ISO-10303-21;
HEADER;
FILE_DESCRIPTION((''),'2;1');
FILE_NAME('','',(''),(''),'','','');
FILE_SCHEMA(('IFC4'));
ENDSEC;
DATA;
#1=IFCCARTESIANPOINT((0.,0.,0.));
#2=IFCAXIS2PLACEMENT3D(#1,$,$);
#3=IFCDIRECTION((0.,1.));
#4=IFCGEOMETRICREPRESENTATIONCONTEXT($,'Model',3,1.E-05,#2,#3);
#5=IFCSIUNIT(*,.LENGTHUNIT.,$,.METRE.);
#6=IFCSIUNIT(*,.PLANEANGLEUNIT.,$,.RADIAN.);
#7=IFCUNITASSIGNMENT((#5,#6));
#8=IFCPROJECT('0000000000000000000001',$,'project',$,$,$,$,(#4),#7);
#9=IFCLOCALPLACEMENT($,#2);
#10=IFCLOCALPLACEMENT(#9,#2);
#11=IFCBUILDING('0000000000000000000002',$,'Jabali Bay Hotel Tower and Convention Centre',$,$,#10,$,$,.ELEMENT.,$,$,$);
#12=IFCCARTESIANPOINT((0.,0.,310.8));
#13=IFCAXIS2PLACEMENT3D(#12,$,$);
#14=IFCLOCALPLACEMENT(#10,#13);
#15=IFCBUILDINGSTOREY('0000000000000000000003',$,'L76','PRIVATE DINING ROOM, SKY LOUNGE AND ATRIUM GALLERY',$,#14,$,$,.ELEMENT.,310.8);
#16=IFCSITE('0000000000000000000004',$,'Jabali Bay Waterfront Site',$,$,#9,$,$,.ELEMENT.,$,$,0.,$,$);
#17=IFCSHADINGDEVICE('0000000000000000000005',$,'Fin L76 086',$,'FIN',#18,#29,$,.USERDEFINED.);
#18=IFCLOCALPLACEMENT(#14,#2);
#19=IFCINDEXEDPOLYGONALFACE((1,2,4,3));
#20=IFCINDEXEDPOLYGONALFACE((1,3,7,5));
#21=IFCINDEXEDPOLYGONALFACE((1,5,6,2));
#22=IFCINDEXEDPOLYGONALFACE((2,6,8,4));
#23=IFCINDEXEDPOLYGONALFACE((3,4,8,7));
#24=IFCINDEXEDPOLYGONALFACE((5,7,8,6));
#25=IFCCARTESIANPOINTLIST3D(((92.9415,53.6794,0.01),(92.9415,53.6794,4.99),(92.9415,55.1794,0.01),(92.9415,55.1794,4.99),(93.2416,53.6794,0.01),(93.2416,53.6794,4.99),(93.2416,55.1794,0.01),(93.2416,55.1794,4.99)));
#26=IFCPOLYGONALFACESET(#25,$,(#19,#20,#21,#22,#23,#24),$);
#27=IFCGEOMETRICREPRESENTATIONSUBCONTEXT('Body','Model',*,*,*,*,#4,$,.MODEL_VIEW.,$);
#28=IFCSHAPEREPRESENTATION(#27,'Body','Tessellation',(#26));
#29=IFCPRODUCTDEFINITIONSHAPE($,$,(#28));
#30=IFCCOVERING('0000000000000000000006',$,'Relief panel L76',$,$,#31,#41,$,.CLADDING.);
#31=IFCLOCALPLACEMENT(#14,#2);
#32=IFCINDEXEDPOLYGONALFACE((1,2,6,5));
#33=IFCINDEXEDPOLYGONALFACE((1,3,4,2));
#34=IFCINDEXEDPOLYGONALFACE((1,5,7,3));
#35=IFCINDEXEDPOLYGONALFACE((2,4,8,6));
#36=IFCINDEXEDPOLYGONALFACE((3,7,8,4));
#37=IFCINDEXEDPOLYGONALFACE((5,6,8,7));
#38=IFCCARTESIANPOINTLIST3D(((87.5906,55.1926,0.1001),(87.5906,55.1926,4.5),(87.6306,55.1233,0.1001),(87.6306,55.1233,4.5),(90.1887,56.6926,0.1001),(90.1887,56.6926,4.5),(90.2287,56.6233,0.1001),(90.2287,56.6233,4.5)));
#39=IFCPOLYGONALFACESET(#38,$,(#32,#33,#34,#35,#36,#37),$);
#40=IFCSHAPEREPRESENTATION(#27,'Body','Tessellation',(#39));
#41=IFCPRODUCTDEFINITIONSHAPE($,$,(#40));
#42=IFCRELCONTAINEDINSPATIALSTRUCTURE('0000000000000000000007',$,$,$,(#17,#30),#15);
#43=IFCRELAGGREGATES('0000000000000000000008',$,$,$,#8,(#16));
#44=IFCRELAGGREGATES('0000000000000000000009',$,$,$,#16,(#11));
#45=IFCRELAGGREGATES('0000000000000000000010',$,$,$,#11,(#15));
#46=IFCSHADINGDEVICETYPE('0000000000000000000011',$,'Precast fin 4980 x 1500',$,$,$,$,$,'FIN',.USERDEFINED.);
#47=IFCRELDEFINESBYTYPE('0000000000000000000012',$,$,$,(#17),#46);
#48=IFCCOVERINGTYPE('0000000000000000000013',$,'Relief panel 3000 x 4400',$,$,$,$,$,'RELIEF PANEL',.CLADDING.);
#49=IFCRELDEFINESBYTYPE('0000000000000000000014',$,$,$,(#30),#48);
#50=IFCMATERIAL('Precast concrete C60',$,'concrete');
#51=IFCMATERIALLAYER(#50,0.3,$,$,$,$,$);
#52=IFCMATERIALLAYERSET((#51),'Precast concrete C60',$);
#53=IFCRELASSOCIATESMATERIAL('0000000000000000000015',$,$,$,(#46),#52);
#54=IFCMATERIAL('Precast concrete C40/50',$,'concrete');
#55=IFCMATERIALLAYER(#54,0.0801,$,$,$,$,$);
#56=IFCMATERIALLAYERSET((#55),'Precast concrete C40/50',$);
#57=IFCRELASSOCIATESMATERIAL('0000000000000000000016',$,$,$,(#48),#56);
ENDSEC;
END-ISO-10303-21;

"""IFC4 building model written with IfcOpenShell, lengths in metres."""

from ifc_helpers import new_model, si_unit, direction, frame, frame_2d, origin, origin_2d, place, context, subcontext, project, spatial, rectangle, extrude, material, layer, layer_set, type_object, element, save


model = new_model("IFC4")

# Units and contexts
model_context = context("Model", 3, precision=1e-05, world=origin(), true_north=direction((0.0, 1.0)))
body_context = subcontext(model_context, "Body", "Model", "MODEL_VIEW")
ifc_project = project(units=[si_unit("LENGTHUNIT", "METRE"), si_unit("PLANEANGLEUNIT", "RADIAN")], contexts=[model_context])

# Site, building, storey
site_placement = place(None, origin())
site = spatial("IfcSite", under=ifc_project, at=site_placement, Name="Jabali Bay Waterfront Site", CompositionType="ELEMENT", RefElevation=0.0)
building_placement = place(site_placement, origin())
building = spatial("IfcBuilding", under=site, at=building_placement, Name="Jabali Bay Hotel Tower and Convention Centre", CompositionType="ELEMENT")
storey_placement = place(building_placement, frame((0.0, 0.0, 310.8)))
storey = spatial("IfcBuildingStorey", under=building, at=storey_placement, Name="L76", Description="PRIVATE DINING ROOM, SKY LOUNGE AND ATRIUM GALLERY", CompositionType="ELEMENT", Elevation=310.8)

# Shading device
ifc_material_1 = material(Name="Precast concrete C60", Category="concrete")
ifc_layer_1 = layer(ifc_material_1, 0.3)
ifc_layer_set_1 = layer_set([ifc_layer_1], Name="Precast concrete C60")
shading_device_type_1 = type_object("IfcShadingDeviceType", Name="Precast fin 4980 x 1500", ElementType="FIN", PredefinedType="USERDEFINED", material=ifc_layer_set_1)
for number, where, z_axis, x_axis, name in (
    (1, (93.0916, 55.1794, 0.01), (0.0, 0.0, 1.0), (0.0, -1.0, 0.0), "Fin L76 086"),
):
    element("IfcShadingDevice", number, at=place(storey_placement, frame(where, z_axis=z_axis, x_axis=x_axis)), inside=storey, type_object=shading_device_type_1, Name=name, ObjectType="FIN", PredefinedType="USERDEFINED", context=body_context, shape_type="SweptSolid", body=[
        extrude(rectangle(XDim=1.5, YDim=0.3, at=frame_2d((0.75, 0.0))), origin(), (0.0, 0.0, 1.0), 4.98),
    ])

# Covering
ifc_material_2 = material(Name="Precast concrete C40/50", Category="concrete")
ifc_layer_2 = layer(ifc_material_2, 0.0801)
ifc_layer_set_2 = layer_set([ifc_layer_2], Name="Precast concrete C40/50")
covering_type = type_object("IfcCoveringType", Name="Relief panel 3000 x 4400", ElementType="RELIEF PANEL", PredefinedType="CLADDING", material=ifc_layer_set_2)
covering_placement = place(storey_placement, frame((88.9097, 55.908, 0.1001), z_axis=(0.0, 0.0, 1.0), x_axis=(-0.866025, -0.5, 0.0)))
element("IfcCovering", 2, at=covering_placement, inside=storey, type_object=covering_type, Name="Relief panel L76", PredefinedType="CLADDING", context=body_context, shape_type="SweptSolid", body=[
    extrude(rectangle(XDim=3.0, YDim=0.0801, at=origin_2d()), origin(), (0.0, 0.0, 1.0), 4.3999),
])

save(model, "model.ifc")
